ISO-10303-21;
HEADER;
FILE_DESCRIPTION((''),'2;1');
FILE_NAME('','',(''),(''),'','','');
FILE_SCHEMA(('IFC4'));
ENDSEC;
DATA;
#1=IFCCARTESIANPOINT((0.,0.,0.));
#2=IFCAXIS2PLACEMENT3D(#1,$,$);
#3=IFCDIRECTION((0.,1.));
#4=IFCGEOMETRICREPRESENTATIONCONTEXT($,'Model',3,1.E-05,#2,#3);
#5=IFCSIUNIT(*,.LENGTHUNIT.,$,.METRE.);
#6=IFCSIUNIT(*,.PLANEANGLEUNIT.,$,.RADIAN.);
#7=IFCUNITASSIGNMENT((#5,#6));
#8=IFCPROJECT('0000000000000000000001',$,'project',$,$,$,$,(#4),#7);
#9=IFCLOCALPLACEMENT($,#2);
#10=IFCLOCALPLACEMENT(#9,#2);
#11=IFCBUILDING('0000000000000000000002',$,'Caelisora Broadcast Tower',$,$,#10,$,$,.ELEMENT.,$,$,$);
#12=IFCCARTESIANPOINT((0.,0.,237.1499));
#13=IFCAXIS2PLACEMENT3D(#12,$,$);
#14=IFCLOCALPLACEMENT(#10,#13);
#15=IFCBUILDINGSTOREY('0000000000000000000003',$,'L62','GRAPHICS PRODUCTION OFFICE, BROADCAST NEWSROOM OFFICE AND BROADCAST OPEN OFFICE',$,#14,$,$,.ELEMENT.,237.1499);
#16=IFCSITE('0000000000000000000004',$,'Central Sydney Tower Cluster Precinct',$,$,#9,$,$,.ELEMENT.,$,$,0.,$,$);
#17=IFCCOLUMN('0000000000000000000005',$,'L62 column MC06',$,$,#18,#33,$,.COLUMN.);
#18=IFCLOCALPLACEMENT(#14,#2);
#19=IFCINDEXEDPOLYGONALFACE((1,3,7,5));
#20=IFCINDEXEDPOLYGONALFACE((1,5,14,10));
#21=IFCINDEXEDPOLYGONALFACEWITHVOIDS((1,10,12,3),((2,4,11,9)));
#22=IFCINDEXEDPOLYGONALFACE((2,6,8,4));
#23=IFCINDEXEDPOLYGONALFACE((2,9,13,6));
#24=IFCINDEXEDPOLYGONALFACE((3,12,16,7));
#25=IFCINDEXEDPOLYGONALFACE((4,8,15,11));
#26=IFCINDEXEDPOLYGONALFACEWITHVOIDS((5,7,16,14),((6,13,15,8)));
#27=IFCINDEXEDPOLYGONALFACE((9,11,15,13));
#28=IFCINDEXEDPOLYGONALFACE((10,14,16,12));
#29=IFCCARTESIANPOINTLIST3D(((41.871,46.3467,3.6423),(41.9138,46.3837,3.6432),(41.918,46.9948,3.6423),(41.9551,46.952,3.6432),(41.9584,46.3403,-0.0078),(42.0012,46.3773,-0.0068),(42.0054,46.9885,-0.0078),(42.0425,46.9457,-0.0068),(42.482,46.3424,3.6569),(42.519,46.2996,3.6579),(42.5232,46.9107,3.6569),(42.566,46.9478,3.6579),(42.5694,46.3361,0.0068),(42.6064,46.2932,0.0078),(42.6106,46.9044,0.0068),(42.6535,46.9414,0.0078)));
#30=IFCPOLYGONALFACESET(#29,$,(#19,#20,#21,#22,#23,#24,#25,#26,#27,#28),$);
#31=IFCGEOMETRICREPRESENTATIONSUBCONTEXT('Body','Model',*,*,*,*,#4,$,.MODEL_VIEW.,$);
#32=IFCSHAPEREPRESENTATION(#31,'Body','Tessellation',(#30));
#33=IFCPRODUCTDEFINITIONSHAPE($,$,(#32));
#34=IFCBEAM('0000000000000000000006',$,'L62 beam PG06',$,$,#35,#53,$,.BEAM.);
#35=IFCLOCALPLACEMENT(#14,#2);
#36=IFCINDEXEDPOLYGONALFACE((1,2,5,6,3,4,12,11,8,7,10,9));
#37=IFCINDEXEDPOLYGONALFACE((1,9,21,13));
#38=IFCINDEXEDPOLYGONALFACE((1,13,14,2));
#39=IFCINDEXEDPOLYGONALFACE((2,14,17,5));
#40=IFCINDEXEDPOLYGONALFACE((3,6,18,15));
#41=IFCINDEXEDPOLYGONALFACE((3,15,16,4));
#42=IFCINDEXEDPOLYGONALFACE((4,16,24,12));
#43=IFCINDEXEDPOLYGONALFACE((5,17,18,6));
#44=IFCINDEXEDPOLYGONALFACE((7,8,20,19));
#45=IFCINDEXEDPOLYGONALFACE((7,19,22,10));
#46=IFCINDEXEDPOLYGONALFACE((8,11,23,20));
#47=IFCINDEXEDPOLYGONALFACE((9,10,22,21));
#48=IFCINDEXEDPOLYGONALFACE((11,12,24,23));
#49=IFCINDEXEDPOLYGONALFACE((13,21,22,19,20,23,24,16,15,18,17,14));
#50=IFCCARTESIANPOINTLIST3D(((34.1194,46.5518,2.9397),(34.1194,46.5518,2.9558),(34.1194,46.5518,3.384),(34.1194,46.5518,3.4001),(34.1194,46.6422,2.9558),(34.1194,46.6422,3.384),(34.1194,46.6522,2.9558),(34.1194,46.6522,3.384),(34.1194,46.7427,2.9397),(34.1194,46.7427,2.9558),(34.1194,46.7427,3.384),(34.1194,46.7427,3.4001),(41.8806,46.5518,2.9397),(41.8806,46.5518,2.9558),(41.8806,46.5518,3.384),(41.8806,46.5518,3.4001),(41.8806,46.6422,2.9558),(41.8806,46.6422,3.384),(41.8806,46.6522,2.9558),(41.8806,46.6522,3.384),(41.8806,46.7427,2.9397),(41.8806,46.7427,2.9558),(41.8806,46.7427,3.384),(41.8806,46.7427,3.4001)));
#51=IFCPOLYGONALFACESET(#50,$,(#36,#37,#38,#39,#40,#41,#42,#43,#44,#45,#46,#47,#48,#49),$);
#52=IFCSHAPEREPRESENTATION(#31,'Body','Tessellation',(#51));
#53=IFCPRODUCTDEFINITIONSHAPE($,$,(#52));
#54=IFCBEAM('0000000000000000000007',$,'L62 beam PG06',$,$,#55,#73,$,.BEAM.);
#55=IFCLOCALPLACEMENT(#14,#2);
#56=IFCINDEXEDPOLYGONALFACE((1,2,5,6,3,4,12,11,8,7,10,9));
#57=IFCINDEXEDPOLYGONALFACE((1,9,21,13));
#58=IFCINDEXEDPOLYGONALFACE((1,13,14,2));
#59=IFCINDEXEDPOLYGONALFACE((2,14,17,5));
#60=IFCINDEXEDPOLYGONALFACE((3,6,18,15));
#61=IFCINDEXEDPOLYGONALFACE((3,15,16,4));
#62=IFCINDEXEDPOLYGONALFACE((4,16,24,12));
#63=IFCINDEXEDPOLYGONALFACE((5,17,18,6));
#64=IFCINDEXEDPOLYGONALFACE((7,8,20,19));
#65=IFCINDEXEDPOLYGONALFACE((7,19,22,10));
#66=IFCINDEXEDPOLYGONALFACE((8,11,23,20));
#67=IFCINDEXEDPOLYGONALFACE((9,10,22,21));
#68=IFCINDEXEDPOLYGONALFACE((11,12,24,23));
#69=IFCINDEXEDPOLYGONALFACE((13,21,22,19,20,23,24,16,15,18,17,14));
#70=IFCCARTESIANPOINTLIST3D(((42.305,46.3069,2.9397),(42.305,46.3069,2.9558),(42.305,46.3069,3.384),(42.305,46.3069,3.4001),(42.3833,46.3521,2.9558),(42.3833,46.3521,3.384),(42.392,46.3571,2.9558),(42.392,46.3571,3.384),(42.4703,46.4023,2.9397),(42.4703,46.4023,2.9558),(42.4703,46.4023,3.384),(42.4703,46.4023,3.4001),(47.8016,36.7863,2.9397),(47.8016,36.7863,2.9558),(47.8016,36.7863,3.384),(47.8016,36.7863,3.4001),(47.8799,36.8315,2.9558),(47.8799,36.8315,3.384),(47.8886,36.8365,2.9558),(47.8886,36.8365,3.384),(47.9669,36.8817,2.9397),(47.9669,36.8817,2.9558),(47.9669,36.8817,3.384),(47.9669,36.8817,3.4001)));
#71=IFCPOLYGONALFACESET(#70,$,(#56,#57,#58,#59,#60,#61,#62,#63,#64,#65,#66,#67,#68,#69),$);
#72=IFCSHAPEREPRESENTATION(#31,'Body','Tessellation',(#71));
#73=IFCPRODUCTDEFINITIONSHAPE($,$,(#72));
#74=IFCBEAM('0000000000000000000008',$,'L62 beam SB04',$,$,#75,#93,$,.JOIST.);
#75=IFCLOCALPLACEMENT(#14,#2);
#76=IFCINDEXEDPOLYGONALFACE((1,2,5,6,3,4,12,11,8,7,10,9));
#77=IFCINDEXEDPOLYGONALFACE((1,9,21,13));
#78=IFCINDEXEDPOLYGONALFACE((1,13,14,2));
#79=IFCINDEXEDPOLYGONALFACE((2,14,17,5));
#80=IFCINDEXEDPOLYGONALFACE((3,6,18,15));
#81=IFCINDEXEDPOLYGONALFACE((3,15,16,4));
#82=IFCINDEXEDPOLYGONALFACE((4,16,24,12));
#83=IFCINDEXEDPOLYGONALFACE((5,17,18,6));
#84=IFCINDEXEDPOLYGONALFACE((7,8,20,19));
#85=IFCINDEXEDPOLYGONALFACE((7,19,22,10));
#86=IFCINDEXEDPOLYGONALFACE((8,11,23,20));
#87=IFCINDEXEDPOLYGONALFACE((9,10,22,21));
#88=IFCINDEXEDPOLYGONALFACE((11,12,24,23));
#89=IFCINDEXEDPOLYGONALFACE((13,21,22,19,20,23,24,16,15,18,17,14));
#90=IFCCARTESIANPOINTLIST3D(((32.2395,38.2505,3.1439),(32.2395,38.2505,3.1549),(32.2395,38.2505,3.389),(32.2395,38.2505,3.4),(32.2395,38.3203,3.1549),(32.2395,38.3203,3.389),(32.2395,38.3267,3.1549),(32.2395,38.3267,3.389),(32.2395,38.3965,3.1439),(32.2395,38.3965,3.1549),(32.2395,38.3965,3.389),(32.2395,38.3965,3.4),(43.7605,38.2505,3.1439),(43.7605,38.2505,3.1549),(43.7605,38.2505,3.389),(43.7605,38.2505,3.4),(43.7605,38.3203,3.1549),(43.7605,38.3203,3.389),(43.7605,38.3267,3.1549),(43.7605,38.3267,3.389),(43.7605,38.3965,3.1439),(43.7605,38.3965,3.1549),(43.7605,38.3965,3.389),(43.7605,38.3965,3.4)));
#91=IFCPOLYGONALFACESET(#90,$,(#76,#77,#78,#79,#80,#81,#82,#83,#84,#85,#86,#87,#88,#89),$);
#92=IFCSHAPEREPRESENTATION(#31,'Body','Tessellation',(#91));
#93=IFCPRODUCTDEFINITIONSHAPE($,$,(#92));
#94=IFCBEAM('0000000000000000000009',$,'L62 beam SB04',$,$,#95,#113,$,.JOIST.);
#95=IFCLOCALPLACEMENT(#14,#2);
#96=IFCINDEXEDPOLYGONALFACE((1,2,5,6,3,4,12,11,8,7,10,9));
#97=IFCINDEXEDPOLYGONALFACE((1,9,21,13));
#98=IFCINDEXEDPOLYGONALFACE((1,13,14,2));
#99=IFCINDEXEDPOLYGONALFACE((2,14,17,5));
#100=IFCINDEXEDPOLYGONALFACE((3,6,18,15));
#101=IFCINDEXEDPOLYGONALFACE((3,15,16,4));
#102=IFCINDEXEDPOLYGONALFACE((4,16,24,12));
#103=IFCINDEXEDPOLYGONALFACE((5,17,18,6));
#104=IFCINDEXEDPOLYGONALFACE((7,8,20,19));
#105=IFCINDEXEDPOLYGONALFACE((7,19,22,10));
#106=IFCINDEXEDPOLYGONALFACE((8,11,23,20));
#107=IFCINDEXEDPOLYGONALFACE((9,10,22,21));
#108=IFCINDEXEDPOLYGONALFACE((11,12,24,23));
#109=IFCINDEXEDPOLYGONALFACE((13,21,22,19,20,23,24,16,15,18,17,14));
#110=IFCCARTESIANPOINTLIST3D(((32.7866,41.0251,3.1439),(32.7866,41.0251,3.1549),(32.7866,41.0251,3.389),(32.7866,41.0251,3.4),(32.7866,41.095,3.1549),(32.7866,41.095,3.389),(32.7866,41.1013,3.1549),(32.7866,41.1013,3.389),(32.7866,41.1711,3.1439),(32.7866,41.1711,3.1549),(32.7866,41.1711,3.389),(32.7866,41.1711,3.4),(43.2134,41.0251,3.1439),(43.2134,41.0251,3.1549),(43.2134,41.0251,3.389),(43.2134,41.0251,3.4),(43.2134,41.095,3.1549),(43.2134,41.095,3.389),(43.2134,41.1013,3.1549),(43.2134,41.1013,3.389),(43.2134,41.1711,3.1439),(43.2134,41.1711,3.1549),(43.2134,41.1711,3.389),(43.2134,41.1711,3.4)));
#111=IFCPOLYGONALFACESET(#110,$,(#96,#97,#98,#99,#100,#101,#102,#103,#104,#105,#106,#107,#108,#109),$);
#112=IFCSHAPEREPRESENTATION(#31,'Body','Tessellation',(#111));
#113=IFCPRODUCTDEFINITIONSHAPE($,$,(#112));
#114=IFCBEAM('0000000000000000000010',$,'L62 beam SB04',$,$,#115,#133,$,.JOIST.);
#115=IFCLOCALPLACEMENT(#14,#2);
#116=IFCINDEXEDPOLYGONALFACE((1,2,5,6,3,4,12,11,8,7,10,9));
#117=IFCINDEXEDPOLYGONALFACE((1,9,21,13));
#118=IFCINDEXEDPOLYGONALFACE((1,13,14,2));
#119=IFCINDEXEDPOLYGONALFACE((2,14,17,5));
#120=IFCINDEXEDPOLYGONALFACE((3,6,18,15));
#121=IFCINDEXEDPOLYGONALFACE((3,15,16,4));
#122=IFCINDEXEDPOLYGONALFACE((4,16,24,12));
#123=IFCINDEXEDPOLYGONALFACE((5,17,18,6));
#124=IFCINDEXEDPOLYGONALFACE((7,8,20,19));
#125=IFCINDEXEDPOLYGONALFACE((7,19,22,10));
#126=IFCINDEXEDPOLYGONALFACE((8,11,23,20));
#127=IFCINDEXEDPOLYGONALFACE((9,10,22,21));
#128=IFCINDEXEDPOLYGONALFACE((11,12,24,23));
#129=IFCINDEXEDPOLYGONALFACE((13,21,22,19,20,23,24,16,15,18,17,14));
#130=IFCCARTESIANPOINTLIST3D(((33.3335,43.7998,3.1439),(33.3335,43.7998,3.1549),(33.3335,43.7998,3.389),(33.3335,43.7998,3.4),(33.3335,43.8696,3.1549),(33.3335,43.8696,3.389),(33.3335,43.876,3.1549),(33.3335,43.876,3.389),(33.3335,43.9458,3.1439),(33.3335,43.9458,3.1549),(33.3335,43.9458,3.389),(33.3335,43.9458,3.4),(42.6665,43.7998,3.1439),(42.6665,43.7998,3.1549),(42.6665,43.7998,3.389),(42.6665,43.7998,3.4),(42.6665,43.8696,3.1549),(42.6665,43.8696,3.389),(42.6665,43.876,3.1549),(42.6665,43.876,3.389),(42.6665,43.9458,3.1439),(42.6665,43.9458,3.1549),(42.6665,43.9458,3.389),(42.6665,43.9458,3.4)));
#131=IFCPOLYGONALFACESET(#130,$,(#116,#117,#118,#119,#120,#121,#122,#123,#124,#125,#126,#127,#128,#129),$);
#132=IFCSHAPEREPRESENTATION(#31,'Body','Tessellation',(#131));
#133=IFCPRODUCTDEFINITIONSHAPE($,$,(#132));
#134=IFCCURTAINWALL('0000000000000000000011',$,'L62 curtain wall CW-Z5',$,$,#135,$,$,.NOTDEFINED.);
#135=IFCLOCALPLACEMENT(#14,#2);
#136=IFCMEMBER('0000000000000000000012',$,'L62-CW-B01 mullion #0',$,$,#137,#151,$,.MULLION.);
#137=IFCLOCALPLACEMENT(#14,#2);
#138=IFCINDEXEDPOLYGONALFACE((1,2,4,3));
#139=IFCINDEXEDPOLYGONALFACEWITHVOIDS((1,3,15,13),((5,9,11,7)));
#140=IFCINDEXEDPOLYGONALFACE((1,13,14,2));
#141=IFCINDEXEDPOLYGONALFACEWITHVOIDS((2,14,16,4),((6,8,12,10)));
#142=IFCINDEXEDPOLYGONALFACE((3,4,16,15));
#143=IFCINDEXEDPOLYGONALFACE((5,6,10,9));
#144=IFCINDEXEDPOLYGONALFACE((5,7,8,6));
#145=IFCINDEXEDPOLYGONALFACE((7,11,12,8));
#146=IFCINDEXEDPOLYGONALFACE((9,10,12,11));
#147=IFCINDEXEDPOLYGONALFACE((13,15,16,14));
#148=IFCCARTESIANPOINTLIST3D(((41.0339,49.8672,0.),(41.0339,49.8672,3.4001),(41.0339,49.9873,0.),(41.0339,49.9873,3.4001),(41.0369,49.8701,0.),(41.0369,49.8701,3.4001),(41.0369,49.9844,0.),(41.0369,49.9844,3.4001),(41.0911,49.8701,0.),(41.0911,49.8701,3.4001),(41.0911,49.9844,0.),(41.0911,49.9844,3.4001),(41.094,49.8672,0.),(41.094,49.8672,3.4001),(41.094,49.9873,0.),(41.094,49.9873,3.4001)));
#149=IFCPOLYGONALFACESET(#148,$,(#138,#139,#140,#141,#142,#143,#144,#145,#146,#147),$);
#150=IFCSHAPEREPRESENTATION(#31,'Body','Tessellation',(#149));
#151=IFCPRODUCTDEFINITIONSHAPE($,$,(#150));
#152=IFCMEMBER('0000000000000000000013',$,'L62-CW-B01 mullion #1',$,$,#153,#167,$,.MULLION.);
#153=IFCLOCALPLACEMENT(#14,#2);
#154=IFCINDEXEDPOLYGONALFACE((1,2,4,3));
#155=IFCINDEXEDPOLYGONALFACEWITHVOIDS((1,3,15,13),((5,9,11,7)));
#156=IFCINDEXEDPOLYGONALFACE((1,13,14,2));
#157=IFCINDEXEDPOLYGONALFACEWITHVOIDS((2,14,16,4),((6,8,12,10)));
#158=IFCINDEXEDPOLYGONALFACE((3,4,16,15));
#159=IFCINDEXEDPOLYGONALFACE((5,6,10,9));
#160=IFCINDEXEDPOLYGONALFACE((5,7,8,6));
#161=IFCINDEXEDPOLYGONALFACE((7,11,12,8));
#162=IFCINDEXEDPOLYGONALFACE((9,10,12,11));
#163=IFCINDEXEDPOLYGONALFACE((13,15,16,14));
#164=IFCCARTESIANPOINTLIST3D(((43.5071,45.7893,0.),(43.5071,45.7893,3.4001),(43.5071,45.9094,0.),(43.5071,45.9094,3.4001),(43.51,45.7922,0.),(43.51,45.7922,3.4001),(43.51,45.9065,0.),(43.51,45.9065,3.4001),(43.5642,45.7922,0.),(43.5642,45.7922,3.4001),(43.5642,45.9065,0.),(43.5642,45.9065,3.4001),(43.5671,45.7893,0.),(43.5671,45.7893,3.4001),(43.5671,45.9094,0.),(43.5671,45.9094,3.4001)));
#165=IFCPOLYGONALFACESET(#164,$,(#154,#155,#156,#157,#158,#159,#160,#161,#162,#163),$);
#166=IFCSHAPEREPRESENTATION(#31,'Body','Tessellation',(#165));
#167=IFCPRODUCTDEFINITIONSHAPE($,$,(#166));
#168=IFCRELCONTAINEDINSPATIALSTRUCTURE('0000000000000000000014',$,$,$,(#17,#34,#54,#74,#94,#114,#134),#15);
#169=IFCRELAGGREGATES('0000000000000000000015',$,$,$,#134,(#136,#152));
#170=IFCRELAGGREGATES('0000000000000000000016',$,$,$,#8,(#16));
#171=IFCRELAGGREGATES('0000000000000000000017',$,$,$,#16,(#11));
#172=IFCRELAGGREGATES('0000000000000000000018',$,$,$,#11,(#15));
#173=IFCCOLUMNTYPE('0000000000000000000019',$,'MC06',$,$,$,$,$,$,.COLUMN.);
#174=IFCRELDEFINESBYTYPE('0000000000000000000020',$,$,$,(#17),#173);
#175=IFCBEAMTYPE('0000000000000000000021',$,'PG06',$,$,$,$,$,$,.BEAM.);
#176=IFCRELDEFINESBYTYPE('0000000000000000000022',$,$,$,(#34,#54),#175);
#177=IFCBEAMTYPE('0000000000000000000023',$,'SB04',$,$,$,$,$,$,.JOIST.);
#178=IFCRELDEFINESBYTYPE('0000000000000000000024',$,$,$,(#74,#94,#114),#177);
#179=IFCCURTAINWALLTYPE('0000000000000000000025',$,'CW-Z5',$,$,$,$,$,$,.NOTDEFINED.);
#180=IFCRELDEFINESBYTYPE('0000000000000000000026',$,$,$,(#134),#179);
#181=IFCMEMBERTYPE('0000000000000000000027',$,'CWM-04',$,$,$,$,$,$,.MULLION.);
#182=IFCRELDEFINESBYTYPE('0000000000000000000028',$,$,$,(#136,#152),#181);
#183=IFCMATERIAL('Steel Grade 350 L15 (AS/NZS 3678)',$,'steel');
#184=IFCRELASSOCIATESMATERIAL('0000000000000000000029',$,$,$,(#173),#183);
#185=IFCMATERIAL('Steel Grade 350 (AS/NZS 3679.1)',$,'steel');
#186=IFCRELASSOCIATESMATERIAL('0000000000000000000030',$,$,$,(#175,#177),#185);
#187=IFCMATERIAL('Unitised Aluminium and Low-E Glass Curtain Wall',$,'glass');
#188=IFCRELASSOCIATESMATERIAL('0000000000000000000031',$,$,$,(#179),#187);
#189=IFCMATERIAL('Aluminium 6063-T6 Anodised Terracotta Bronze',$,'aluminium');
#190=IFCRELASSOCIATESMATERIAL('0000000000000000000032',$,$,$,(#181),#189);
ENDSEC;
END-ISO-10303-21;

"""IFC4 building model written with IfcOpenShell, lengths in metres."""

from ifc_helpers import new_model, si_unit, direction, frame, origin, origin_2d, place, context, subcontext, project, spatial, hollow_rectangle, i_section, extrude, source, transform, mapped, material, material_profile, profile_set, type_object, type_shapes, element, aggregate, save


model = new_model("IFC4")

# Units and contexts
model_context = context("Model", 3, precision=1e-05, world=origin(), true_north=direction((0.0, 1.0)))
body_context = subcontext(model_context, "Body", "Model", "MODEL_VIEW")
ifc_project = project(units=[si_unit("LENGTHUNIT", "METRE"), si_unit("PLANEANGLEUNIT", "RADIAN")], contexts=[model_context])

# Site, building, storey
site_placement = place(None, origin())
site = spatial("IfcSite", under=ifc_project, at=site_placement, Name="Central Sydney Tower Cluster Precinct", CompositionType="ELEMENT", RefElevation=0.0)
building_placement = place(site_placement, origin())
building = spatial("IfcBuilding", under=site, at=building_placement, Name="Caelisora Broadcast Tower", CompositionType="ELEMENT")
storey_placement = place(building_placement, frame((0.0, 0.0, 237.1499)))
storey = spatial("IfcBuildingStorey", under=building, at=storey_placement, Name="L62", Description="GRAPHICS PRODUCTION OFFICE, BROADCAST NEWSROOM OFFICE AND BROADCAST OPEN OFFICE", CompositionType="ELEMENT", Elevation=237.1499)

# Column
ifc_material_1 = material(Name="Steel Grade 350 L15 (AS/NZS 3678)", Category="steel")
ifc_material_profile_1 = material_profile(ifc_material_1, hollow_rectangle(XDim=0.6499, YDim=0.6499, WallThickness=0.04, at=origin_2d()), Name="Steel Grade 350 L15 (AS/NZS 3678)")
ifc_profile_set_1 = profile_set([ifc_material_profile_1], Name="Steel Grade 350 L15 (AS/NZS 3678)")
column_type = type_object("IfcColumnType", Name="MC06", PredefinedType="COLUMN", material=ifc_profile_set_1)
shared_shape_1 = source(origin(), body_context, "Body", "SweptSolid", [
    extrude(hollow_rectangle(XDim=0.6499, YDim=0.6499, WallThickness=0.04, at=origin_2d()), origin(), (0.0, 0.0, 1.0), 3.6511),
])
type_shapes(column_type, [shared_shape_1])
column_placement = place(storey_placement, frame((42.3059, 46.6409, 0.0), z_axis=(-0.023938, 0.001739, 0.999712), x_axis=(-0.072435, -0.997373, 0.0)))
element("IfcColumn", 1, at=column_placement, inside=storey, type_object=column_type, Name="L62 column MC06", PredefinedType="COLUMN", context=body_context, shape_type="MappedRepresentation", body=[
    mapped(shared_shape_1, transform((0.0, 0.0, 0.0), scale=1.0)),
])

# Beams
ifc_material_2 = material(Name="Steel Grade 350 (AS/NZS 3679.1)", Category="steel")
ifc_material_profile_2 = material_profile(ifc_material_2, i_section(OverallWidth=0.1909, OverallDepth=0.4604, WebThickness=0.01, FlangeThickness=0.0161, at=origin_2d()), Name="Steel Grade 350 (AS/NZS 3679.1)")
ifc_profile_set_2 = profile_set([ifc_material_profile_2], Name="Steel Grade 350 (AS/NZS 3679.1)")
beam_type_1 = type_object("IfcBeamType", Name="PG06", PredefinedType="BEAM", material=ifc_profile_set_2)
shared_shape_2 = source(origin(), body_context, "Body", "SweptSolid", [
    extrude(i_section(OverallWidth=0.1909, OverallDepth=0.4604, WebThickness=0.01, FlangeThickness=0.0161, at=origin_2d()), origin(), (0.0, 0.0, 1.0), 7.7612),
])
beam_1_placement = place(storey_placement, frame((41.8806, 46.6472, 3.1699), z_axis=(-1.0, 0.0, 0.0), x_axis=(0.0, -1.0, 0.0)))
element("IfcBeam", 2, at=beam_1_placement, inside=storey, type_object=beam_type_1, Name="L62 beam PG06", PredefinedType="BEAM", context=body_context, shape_type="MappedRepresentation", body=[
    mapped(shared_shape_2, transform((0.0, 0.0, 0.0), scale=1.0)),
])
shared_shape_3 = source(origin(), body_context, "Body", "SweptSolid", [
    extrude(i_section(OverallWidth=0.1909, OverallDepth=0.4604, WebThickness=0.01, FlangeThickness=0.0161, at=origin_2d()), origin(), (0.0, 0.0, 1.0), 10.9934),
])
type_shapes(beam_type_1, [shared_shape_2, shared_shape_3])
beam_2_placement = place(storey_placement, frame((47.8843, 36.834, 3.1699), z_axis=(-0.499994, 0.866029, 0.0), x_axis=(-0.866029, -0.499994, 0.0)))
element("IfcBeam", 3, at=beam_2_placement, inside=storey, type_object=beam_type_1, Name="L62 beam PG06", PredefinedType="BEAM", context=body_context, shape_type="MappedRepresentation", body=[
    mapped(shared_shape_3, transform((0.0, 0.0, 0.0), scale=1.0)),
])
ifc_material_profile_3 = material_profile(ifc_material_2, i_section(OverallWidth=0.146, OverallDepth=0.2561, WebThickness=0.0063, FlangeThickness=0.011, at=origin_2d()), Name="Steel Grade 350 (AS/NZS 3679.1)")
ifc_profile_set_3 = profile_set([ifc_material_profile_3], Name="Steel Grade 350 (AS/NZS 3679.1)")
beam_type_2 = type_object("IfcBeamType", Name="SB04", PredefinedType="JOIST", material=ifc_profile_set_3)
shared_shape_4 = source(origin(), body_context, "Body", "SweptSolid", [
    extrude(i_section(OverallWidth=0.146, OverallDepth=0.2561, WebThickness=0.0063, FlangeThickness=0.011, at=origin_2d()), origin(), (0.0, 0.0, 1.0), 11.521),
])
beam_3_placement = place(storey_placement, frame((43.7605, 38.3235, 3.272), z_axis=(-1.0, 0.0, 0.0), x_axis=(0.0, -1.0, 0.0)))
element("IfcBeam", 4, at=beam_3_placement, inside=storey, type_object=beam_type_2, Name="L62 beam SB04", PredefinedType="JOIST", context=body_context, shape_type="MappedRepresentation", body=[
    mapped(shared_shape_4, transform((0.0, 0.0, 0.0), scale=1.0)),
])
shared_shape_5 = source(origin(), body_context, "Body", "SweptSolid", [
    extrude(i_section(OverallWidth=0.146, OverallDepth=0.2561, WebThickness=0.0063, FlangeThickness=0.011, at=origin_2d()), origin(), (0.0, 0.0, 1.0), 10.4268),
])
beam_4_placement = place(storey_placement, frame((43.2134, 41.0981, 3.272), z_axis=(-1.0, 0.0, 0.0), x_axis=(0.0, -1.0, 0.0)))
element("IfcBeam", 5, at=beam_4_placement, inside=storey, type_object=beam_type_2, Name="L62 beam SB04", PredefinedType="JOIST", context=body_context, shape_type="MappedRepresentation", body=[
    mapped(shared_shape_5, transform((0.0, 0.0, 0.0), scale=1.0)),
])
shared_shape_6 = source(origin(), body_context, "Body", "SweptSolid", [
    extrude(i_section(OverallWidth=0.146, OverallDepth=0.2561, WebThickness=0.0063, FlangeThickness=0.011, at=origin_2d()), origin(), (0.0, 0.0, 1.0), 9.333),
])
type_shapes(beam_type_2, [shared_shape_4, shared_shape_5, shared_shape_6])
beam_5_placement = place(storey_placement, frame((42.6665, 43.8728, 3.272), z_axis=(-1.0, 0.0, 0.0), x_axis=(0.0, -1.0, 0.0)))
element("IfcBeam", 6, at=beam_5_placement, inside=storey, type_object=beam_type_2, Name="L62 beam SB04", PredefinedType="JOIST", context=body_context, shape_type="MappedRepresentation", body=[
    mapped(shared_shape_6, transform((0.0, 0.0, 0.0), scale=1.0)),
])

# Curtain wall, members
ifc_material_3 = material(Name="Unitised Aluminium and Low-E Glass Curtain Wall", Category="glass")
curtain_wall_type_1 = type_object("IfcCurtainWallType", Name="CW-Z5", PredefinedType="NOTDEFINED", material=ifc_material_3)
curtain_wall_1_placement = place(storey_placement, origin())
curtain_wall_1 = element("IfcCurtainWall", 7, at=curtain_wall_1_placement, inside=storey, type_object=curtain_wall_type_1, Name="L62 curtain wall CW-Z5", PredefinedType="NOTDEFINED")
ifc_material_4 = material(Name="Aluminium 6063-T6 Anodised Terracotta Bronze", Category="aluminium")
ifc_material_profile_4 = material_profile(ifc_material_4, hollow_rectangle(XDim=0.0601, YDim=0.1201, WallThickness=0.0029, at=origin_2d()), Name="Aluminium 6063-T6 Anodised Terracotta Bronze")
ifc_profile_set_4 = profile_set([ifc_material_profile_4], Name="Aluminium 6063-T6 Anodised Terracotta Bronze")
member_type_1 = type_object("IfcMemberType", Name="CWM-04", PredefinedType="MULLION", material=ifc_profile_set_4)
shared_shape_7 = source(origin(), body_context, "Body", "SweptSolid", [
    extrude(hollow_rectangle(XDim=0.0601, YDim=0.1201, WallThickness=0.0029, at=origin_2d()), origin(), (0.0, 0.0, 1.0), 3.4001),
])
type_shapes(member_type_1, [shared_shape_7])
member_1_placement = place(storey_placement, frame((41.064, 49.9272, 0.0), z_axis=(0.0, 0.0, 1.0), x_axis=(1.0, 0.0, 0.0)))
member_1 = element("IfcMember", 8, at=member_1_placement, type_object=member_type_1, Name="L62-CW-B01 mullion #0", PredefinedType="MULLION", context=body_context, shape_type="MappedRepresentation", body=[
    mapped(shared_shape_7, transform((0.0, 0.0, 0.0), scale=1.0)),
])
member_2_placement = place(storey_placement, frame((43.5371, 45.8494, 0.0), z_axis=(0.0, 0.0, 1.0), x_axis=(1.0, 0.0, 0.0)))
member_2 = element("IfcMember", 9, at=member_2_placement, type_object=member_type_1, Name="L62-CW-B01 mullion #1", PredefinedType="MULLION", context=body_context, shape_type="MappedRepresentation", body=[
    mapped(shared_shape_7, transform((0.0, 0.0, 0.0), scale=1.0)),
])

aggregate(curtain_wall_1, [member_1, member_2])

save(model, "model.ifc")
